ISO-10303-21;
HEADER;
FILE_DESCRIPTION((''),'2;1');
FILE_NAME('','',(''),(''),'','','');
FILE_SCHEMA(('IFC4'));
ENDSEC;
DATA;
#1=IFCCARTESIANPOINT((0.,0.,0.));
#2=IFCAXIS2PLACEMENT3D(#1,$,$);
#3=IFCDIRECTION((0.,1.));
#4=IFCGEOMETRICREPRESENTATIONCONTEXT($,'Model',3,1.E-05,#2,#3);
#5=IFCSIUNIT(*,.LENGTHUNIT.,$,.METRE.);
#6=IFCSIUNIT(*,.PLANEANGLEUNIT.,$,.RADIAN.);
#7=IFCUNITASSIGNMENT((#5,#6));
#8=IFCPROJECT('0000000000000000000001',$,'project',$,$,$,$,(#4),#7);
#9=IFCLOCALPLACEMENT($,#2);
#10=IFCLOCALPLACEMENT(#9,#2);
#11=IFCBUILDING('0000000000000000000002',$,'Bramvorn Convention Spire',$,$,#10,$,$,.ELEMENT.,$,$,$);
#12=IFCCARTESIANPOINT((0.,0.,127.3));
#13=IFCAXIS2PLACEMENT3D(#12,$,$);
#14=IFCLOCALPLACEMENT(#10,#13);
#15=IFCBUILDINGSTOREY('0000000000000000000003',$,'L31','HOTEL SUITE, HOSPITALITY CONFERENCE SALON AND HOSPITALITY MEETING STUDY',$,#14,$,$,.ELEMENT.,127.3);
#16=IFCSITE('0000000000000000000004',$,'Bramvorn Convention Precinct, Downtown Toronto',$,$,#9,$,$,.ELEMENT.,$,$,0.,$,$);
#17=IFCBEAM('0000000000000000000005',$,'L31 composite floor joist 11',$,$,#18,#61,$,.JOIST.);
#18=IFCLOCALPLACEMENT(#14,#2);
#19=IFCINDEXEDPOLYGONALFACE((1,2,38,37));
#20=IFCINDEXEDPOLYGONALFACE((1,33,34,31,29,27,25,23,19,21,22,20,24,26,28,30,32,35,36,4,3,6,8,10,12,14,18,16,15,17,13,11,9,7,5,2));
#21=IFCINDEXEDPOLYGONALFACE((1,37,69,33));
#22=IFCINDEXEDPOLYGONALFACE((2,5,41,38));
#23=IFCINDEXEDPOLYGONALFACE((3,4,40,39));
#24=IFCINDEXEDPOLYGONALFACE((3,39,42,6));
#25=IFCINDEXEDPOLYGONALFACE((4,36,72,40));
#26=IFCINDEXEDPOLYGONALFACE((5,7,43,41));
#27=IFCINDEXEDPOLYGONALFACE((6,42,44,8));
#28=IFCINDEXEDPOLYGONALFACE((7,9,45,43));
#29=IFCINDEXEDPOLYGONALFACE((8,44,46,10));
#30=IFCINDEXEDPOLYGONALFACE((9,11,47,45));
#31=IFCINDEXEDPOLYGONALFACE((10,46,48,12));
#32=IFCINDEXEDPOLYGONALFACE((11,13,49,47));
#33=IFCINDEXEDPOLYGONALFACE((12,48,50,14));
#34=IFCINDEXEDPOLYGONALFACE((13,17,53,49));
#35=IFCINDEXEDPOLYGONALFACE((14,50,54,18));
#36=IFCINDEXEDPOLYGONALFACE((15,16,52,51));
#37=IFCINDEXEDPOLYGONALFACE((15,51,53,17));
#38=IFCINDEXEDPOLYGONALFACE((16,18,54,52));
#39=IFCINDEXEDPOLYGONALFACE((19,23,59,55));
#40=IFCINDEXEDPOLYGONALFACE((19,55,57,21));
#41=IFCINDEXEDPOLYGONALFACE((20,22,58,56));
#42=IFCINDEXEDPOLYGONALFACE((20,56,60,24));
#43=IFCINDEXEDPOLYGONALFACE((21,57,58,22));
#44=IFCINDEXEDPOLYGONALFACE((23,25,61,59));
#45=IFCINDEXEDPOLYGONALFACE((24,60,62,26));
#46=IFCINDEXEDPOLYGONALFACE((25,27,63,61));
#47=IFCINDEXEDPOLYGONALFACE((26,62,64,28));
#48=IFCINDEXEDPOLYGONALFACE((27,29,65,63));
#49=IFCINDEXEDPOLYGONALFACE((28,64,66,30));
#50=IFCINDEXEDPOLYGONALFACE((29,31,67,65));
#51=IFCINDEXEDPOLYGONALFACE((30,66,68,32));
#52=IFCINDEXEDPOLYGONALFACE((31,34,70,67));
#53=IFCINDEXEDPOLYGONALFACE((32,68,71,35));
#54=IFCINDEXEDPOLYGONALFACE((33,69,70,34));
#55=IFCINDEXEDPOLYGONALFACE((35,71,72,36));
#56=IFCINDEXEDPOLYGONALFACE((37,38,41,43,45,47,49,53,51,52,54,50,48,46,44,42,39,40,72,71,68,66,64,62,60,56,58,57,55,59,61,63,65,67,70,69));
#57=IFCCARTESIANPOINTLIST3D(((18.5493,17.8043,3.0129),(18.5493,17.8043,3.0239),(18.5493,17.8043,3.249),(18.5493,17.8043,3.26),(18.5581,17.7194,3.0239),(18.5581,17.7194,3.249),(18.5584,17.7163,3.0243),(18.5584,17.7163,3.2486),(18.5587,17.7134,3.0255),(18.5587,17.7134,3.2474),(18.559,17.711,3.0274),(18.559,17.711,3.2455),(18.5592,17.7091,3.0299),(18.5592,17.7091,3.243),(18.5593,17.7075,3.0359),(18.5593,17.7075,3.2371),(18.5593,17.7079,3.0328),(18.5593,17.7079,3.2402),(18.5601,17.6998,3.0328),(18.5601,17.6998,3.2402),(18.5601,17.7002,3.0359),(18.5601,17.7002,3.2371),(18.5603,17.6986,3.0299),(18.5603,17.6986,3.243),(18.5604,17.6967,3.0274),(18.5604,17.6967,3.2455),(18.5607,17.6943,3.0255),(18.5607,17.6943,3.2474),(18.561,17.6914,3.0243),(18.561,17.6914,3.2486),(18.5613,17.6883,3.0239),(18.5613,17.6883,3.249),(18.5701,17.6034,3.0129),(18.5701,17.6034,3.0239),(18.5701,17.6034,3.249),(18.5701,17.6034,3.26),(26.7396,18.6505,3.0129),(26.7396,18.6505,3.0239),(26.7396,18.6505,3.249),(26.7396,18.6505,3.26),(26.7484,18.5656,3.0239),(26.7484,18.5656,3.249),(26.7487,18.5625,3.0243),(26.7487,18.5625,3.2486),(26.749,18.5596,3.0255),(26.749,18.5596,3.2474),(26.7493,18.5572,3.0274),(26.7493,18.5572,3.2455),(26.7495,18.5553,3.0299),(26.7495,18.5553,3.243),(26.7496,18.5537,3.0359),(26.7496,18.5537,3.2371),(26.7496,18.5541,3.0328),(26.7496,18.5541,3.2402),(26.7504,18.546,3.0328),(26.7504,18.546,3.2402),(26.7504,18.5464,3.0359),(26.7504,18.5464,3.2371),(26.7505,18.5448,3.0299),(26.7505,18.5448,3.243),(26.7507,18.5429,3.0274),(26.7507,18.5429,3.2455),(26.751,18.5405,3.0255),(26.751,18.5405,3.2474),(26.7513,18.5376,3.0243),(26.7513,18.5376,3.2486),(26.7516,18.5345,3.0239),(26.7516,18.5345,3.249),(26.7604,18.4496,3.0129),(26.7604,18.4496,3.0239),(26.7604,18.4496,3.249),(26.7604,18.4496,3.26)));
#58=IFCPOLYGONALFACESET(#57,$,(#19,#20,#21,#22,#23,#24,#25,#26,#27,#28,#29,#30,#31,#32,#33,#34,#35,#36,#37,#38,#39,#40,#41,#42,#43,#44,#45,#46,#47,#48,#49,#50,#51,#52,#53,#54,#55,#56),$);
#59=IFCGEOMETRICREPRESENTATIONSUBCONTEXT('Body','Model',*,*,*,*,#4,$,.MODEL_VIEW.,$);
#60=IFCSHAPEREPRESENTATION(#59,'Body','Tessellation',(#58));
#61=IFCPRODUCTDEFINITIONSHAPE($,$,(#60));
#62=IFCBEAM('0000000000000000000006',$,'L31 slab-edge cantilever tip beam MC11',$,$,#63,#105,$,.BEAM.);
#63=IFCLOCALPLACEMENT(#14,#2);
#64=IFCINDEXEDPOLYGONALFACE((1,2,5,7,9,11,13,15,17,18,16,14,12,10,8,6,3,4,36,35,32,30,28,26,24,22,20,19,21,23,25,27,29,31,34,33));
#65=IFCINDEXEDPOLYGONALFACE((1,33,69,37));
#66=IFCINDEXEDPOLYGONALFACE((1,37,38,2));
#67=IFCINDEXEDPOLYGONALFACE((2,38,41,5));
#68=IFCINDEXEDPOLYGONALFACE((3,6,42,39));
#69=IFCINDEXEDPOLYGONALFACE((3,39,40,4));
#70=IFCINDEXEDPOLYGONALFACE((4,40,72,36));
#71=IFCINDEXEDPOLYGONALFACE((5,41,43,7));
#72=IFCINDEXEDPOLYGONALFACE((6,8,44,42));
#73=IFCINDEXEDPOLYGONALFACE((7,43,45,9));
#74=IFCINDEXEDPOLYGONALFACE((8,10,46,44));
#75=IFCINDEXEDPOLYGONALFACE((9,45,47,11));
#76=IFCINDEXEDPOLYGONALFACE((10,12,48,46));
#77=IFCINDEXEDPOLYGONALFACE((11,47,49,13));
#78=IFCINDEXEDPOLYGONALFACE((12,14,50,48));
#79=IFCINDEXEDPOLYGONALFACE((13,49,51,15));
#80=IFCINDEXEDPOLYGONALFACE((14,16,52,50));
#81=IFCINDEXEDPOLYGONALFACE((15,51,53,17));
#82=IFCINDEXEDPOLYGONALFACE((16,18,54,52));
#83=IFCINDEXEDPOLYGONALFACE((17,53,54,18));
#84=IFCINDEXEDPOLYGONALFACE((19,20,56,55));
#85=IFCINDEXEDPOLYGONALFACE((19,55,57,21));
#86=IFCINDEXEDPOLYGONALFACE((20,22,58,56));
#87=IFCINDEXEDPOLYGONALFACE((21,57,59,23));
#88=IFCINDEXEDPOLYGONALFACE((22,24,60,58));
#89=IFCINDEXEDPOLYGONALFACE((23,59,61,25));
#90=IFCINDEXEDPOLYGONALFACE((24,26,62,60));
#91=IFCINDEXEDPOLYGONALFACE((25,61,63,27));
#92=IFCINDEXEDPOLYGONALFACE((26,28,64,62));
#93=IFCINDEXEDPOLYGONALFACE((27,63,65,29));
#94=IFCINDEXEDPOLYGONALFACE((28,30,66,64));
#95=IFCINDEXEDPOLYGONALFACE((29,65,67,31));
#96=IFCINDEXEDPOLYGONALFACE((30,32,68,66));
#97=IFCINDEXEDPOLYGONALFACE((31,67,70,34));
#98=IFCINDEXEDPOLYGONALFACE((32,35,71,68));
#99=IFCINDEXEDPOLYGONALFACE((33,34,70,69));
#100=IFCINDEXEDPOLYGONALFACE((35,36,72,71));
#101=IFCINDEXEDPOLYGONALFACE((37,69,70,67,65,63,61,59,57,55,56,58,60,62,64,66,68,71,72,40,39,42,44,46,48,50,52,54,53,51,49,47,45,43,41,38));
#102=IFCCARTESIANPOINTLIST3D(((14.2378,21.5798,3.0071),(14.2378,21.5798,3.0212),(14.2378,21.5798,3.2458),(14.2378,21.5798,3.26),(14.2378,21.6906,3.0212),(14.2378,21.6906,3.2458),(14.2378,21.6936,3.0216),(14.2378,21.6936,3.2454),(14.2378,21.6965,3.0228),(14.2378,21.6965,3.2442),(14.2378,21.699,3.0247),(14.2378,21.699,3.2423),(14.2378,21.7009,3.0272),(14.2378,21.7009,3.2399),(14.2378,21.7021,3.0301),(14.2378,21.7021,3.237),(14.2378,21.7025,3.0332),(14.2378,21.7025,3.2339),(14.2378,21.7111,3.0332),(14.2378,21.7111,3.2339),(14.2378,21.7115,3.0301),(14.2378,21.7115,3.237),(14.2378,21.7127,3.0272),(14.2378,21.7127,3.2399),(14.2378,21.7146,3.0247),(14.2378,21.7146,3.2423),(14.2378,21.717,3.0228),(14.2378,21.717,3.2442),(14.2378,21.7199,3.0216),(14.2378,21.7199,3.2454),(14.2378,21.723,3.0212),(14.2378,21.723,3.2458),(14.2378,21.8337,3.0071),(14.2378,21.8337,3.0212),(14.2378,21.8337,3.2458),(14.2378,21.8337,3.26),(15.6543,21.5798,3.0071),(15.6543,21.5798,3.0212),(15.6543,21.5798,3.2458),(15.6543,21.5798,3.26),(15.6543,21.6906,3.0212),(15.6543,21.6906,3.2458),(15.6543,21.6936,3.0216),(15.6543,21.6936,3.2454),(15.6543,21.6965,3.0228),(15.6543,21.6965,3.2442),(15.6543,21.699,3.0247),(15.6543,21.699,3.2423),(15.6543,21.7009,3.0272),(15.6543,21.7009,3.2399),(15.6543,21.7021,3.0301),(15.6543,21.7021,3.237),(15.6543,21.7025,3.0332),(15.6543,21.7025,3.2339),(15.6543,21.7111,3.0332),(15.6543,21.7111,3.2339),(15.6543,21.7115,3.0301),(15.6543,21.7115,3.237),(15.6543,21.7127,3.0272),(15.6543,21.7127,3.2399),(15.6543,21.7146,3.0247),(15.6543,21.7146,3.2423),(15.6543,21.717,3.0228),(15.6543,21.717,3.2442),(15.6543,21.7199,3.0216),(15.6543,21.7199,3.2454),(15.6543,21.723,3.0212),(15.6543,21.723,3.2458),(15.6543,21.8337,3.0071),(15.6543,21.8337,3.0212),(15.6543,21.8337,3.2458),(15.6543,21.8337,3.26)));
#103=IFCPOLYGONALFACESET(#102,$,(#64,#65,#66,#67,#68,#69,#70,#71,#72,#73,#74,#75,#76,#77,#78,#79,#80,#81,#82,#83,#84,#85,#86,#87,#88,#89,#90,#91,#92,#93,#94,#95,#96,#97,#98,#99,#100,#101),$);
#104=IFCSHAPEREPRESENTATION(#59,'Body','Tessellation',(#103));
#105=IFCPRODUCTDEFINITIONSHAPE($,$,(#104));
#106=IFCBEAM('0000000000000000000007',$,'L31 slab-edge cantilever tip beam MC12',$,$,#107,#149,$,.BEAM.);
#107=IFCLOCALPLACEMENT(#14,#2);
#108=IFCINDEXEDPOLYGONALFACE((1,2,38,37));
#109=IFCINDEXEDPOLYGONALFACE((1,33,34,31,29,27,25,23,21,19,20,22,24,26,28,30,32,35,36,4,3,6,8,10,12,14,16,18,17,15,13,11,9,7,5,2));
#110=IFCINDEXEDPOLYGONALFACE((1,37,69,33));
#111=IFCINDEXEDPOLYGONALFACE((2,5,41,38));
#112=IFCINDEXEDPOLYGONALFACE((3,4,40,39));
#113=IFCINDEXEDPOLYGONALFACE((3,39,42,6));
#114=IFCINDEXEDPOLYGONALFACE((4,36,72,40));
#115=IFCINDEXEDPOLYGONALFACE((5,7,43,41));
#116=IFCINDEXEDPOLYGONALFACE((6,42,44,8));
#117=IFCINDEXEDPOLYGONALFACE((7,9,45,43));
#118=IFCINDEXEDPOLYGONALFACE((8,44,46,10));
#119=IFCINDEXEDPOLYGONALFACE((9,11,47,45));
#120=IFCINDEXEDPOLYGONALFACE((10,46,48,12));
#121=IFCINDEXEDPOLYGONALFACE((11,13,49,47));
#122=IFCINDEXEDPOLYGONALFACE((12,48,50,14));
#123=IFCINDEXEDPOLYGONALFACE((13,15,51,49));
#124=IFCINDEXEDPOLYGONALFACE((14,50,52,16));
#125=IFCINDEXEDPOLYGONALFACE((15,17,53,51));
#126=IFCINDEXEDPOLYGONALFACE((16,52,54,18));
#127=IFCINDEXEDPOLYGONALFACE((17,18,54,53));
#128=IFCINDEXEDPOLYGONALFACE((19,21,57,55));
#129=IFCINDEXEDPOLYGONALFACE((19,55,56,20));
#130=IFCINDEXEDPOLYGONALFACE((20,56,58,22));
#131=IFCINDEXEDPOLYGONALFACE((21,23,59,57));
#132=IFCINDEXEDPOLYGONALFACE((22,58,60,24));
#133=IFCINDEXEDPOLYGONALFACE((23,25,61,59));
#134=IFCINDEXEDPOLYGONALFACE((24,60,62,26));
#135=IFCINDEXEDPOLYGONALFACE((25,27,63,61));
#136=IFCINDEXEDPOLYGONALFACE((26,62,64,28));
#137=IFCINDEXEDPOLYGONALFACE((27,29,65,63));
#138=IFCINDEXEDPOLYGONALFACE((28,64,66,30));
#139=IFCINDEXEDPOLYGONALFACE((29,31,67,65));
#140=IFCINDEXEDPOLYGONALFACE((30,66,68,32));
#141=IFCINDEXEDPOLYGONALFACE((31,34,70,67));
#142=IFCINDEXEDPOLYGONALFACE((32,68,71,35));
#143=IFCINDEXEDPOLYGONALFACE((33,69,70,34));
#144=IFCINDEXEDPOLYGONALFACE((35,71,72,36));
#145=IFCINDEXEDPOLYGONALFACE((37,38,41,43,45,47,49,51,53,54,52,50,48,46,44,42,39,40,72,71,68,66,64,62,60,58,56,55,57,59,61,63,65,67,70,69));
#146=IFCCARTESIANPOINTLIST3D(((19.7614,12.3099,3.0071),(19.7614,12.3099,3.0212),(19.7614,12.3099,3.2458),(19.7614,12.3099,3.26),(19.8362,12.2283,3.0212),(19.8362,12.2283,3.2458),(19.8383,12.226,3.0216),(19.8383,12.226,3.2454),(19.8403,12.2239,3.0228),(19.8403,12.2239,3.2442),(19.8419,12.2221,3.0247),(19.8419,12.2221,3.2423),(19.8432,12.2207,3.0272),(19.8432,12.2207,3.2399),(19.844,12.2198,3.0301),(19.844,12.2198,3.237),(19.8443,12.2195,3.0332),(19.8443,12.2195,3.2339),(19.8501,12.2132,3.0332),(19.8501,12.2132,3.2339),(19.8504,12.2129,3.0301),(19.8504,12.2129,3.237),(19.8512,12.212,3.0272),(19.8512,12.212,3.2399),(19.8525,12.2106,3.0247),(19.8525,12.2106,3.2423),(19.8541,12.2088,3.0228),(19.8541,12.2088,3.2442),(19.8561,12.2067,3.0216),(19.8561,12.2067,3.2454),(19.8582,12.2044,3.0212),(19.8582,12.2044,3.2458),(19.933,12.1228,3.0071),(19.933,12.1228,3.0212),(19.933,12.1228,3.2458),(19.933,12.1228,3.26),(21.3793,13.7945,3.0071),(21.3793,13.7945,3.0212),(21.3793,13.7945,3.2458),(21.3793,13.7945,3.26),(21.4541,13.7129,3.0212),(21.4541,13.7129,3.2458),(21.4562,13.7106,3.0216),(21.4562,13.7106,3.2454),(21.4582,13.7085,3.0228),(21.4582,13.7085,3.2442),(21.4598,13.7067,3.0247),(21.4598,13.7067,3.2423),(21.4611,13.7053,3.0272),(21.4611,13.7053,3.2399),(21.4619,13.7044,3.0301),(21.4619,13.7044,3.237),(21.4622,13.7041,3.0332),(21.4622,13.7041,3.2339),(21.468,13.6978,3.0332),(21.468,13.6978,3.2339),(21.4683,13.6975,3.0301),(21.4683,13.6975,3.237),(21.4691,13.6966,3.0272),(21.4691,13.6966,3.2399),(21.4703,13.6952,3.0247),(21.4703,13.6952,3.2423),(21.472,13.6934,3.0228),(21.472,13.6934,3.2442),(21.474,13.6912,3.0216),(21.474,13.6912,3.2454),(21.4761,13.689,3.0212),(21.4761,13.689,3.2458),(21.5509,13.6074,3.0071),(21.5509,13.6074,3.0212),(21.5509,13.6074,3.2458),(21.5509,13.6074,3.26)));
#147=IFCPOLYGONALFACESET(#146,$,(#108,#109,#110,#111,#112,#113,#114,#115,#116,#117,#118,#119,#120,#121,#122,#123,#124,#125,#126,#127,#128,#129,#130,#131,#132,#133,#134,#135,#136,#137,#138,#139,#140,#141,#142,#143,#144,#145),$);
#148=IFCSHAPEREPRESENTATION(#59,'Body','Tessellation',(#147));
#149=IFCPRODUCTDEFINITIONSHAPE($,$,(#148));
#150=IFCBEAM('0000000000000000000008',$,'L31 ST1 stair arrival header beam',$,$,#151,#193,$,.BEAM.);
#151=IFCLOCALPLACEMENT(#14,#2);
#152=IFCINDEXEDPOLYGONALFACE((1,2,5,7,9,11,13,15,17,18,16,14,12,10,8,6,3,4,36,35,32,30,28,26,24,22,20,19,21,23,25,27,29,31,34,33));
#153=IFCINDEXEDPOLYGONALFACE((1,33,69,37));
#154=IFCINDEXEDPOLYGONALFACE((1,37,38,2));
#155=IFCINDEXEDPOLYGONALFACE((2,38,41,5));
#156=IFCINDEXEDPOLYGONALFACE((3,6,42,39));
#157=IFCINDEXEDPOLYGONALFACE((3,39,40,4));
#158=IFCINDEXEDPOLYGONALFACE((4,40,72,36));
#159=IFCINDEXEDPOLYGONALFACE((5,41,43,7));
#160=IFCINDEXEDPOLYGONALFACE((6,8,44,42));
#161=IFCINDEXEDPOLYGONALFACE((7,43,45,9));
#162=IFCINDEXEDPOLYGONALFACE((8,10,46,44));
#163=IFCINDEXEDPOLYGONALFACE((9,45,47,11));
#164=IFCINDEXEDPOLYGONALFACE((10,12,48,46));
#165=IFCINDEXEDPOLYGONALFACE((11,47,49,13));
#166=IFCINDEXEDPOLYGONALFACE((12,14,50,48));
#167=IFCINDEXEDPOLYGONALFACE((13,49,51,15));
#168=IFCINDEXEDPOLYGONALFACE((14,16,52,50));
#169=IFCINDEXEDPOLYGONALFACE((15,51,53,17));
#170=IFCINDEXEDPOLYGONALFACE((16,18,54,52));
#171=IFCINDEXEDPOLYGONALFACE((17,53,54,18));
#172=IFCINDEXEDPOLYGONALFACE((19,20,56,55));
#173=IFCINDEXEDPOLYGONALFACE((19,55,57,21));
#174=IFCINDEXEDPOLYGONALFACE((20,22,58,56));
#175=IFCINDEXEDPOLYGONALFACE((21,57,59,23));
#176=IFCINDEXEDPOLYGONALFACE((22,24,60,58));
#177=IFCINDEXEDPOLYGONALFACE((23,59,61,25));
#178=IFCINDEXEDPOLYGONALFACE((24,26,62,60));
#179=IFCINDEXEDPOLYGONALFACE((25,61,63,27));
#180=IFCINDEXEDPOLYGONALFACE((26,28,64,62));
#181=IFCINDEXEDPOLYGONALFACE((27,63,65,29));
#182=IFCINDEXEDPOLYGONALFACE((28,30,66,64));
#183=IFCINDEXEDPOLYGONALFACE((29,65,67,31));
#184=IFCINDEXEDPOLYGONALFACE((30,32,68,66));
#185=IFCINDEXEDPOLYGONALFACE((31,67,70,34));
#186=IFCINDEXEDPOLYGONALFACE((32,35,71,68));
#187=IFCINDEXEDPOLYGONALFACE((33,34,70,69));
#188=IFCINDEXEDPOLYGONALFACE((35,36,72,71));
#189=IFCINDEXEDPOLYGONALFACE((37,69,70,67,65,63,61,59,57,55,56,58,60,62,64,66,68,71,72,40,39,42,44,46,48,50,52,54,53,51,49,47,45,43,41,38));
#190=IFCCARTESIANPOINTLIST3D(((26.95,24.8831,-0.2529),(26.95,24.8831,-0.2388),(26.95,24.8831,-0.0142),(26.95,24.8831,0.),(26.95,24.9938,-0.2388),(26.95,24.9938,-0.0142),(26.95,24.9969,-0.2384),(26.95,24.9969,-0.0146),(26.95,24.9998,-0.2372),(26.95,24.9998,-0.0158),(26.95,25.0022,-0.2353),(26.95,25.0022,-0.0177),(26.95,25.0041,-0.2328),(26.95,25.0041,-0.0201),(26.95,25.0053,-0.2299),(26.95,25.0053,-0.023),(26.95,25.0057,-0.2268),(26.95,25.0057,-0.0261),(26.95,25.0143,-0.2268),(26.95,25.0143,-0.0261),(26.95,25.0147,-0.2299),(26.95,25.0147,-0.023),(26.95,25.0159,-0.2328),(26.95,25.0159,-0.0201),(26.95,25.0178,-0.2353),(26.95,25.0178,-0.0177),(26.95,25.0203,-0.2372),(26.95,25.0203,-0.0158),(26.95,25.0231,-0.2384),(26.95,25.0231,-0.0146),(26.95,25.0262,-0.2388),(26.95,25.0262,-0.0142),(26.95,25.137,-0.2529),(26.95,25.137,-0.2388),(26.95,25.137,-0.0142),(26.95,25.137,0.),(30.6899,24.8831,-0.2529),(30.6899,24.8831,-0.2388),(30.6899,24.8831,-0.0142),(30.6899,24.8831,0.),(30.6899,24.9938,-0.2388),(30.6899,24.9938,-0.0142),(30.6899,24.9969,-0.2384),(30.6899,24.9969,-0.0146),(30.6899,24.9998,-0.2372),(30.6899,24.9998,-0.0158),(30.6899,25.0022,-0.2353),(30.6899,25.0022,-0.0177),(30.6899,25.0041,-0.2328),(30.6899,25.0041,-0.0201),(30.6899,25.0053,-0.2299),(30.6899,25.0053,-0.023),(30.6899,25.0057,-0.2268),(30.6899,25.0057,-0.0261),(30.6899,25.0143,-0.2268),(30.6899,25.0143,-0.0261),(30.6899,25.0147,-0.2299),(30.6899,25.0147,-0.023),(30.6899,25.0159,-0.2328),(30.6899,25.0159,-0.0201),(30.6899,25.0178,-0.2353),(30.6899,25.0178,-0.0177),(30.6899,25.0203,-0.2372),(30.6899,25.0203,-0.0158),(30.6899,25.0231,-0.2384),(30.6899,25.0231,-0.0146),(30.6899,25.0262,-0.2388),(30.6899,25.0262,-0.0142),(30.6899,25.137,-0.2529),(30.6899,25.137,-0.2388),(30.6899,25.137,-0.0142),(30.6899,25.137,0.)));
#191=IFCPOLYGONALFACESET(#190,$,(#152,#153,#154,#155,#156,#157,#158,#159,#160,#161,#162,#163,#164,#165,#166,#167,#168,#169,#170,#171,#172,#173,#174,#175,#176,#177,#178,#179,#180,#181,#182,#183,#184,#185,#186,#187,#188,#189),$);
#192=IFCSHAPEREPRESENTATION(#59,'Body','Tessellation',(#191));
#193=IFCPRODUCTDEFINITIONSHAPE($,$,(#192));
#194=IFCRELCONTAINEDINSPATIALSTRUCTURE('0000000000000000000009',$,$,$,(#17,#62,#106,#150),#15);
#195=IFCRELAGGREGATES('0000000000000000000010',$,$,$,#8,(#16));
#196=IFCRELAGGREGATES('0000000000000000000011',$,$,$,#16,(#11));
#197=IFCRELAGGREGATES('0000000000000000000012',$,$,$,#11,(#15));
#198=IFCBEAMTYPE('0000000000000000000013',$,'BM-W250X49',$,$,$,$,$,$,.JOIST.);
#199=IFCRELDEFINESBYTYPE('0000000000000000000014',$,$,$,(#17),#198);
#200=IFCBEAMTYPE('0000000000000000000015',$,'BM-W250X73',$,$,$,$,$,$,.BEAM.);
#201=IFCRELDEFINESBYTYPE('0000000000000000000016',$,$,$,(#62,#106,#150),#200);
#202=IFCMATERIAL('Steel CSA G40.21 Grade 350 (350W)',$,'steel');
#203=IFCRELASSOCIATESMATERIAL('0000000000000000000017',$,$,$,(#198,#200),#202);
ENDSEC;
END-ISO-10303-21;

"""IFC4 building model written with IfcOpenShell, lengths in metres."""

from ifc_helpers import new_model, si_unit, direction, frame, origin, origin_2d, place, context, subcontext, project, spatial, i_section, extrude, material, material_profile, profile_set, type_object, element, save


model = new_model("IFC4")

# Units and contexts
model_context = context("Model", 3, precision=1e-05, world=origin(), true_north=direction((0.0, 1.0)))
body_context = subcontext(model_context, "Body", "Model", "MODEL_VIEW")
ifc_project = project(units=[si_unit("LENGTHUNIT", "METRE"), si_unit("PLANEANGLEUNIT", "RADIAN")], contexts=[model_context])

# Site, building, storey
site_placement = place(None, origin())
site = spatial("IfcSite", under=ifc_project, at=site_placement, Name="Bramvorn Convention Precinct, Downtown Toronto", CompositionType="ELEMENT", RefElevation=0.0)
building_placement = place(site_placement, origin())
building = spatial("IfcBuilding", under=site, at=building_placement, Name="Bramvorn Convention Spire", CompositionType="ELEMENT")
storey_placement = place(building_placement, frame((0.0, 0.0, 127.3)))
storey = spatial("IfcBuildingStorey", under=building, at=storey_placement, Name="L31", Description="HOTEL SUITE, HOSPITALITY CONFERENCE SALON AND HOSPITALITY MEETING STUDY", CompositionType="ELEMENT", Elevation=127.3)

# Shared definitions
ifc_material_1 = material(Name="Steel CSA G40.21 Grade 350 (350W)", Category="steel")

# Beams
ifc_material_profile_1 = material_profile(ifc_material_1, i_section(OverallWidth=0.2019, OverallDepth=0.2471, WebThickness=0.0073, FlangeThickness=0.011, FilletRadius=0.012, at=origin_2d()))
ifc_profile_set_1 = profile_set([ifc_material_profile_1], Name="Steel CSA G40.21 Grade 350 (350W) - W250X49")
beam_type_1 = type_object("IfcBeamType", Name="BM-W250X49", PredefinedType="JOIST", material=ifc_profile_set_1)
beam_1_placement = place(storey_placement, frame((26.75, 18.55, 3.1365), z_axis=(-0.994705, -0.102771, 0.0), x_axis=(0.102771, -0.994705, 0.0)))
element("IfcBeam", 1, at=beam_1_placement, inside=storey, type_object=beam_type_1, Name="L31 composite floor joist 11", PredefinedType="JOIST", context=body_context, shape_type="SweptSolid", body=[
    extrude(i_section(OverallWidth=0.2019, OverallDepth=0.2471, WebThickness=0.0073, FlangeThickness=0.011, FilletRadius=0.012, at=origin_2d()), origin(), (0.0, 0.0, 1.0), 8.2339),
])
ifc_material_profile_2 = material_profile(ifc_material_1, i_section(OverallWidth=0.2539, OverallDepth=0.2529, WebThickness=0.0085, FlangeThickness=0.0142, FilletRadius=0.012, at=origin_2d()))
ifc_profile_set_2 = profile_set([ifc_material_profile_2], Name="Steel CSA G40.21 Grade 350 (350W) - W250X73")
beam_type_2 = type_object("IfcBeamType", Name="BM-W250X73", PredefinedType="BEAM", material=ifc_profile_set_2)
beam_2_placement = place(storey_placement, frame((15.6543, 21.7068, 3.1335), z_axis=(-1.0, 0.0, 0.0), x_axis=(0.0, -1.0, 0.0)))
element("IfcBeam", 2, at=beam_2_placement, inside=storey, type_object=beam_type_2, Name="L31 slab-edge cantilever tip beam MC11", PredefinedType="BEAM", context=body_context, shape_type="SweptSolid", body=[
    extrude(i_section(OverallWidth=0.2539, OverallDepth=0.2529, WebThickness=0.0085, FlangeThickness=0.0142, FilletRadius=0.012, at=origin_2d()), origin(), (0.0, 0.0, 1.0), 1.4165),
])
beam_3_placement = place(storey_placement, frame((21.4651, 13.7009, 3.1335), z_axis=(-0.736808, -0.676102, 0.0), x_axis=(0.676102, -0.736808, 0.0)))
element("IfcBeam", 3, at=beam_3_placement, inside=storey, type_object=beam_type_2, Name="L31 slab-edge cantilever tip beam MC12", PredefinedType="BEAM", context=body_context, shape_type="SweptSolid", body=[
    extrude(i_section(OverallWidth=0.2539, OverallDepth=0.2529, WebThickness=0.0085, FlangeThickness=0.0142, FilletRadius=0.012, at=origin_2d()), origin(), (0.0, 0.0, 1.0), 2.1958),
])
beam_4_placement = place(storey_placement, frame((26.95, 25.01, -0.1265), z_axis=(1.0, 0.0, 0.0), x_axis=(0.0, 1.0, 0.0)))
element("IfcBeam", 4, at=beam_4_placement, inside=storey, type_object=beam_type_2, Name="L31 ST1 stair arrival header beam", PredefinedType="BEAM", context=body_context, shape_type="SweptSolid", body=[
    extrude(i_section(OverallWidth=0.2539, OverallDepth=0.2529, WebThickness=0.0085, FlangeThickness=0.0142, FilletRadius=0.012, at=origin_2d()), origin(), (0.0, 0.0, 1.0), 3.74),
])

save(model, "model.ifc")
